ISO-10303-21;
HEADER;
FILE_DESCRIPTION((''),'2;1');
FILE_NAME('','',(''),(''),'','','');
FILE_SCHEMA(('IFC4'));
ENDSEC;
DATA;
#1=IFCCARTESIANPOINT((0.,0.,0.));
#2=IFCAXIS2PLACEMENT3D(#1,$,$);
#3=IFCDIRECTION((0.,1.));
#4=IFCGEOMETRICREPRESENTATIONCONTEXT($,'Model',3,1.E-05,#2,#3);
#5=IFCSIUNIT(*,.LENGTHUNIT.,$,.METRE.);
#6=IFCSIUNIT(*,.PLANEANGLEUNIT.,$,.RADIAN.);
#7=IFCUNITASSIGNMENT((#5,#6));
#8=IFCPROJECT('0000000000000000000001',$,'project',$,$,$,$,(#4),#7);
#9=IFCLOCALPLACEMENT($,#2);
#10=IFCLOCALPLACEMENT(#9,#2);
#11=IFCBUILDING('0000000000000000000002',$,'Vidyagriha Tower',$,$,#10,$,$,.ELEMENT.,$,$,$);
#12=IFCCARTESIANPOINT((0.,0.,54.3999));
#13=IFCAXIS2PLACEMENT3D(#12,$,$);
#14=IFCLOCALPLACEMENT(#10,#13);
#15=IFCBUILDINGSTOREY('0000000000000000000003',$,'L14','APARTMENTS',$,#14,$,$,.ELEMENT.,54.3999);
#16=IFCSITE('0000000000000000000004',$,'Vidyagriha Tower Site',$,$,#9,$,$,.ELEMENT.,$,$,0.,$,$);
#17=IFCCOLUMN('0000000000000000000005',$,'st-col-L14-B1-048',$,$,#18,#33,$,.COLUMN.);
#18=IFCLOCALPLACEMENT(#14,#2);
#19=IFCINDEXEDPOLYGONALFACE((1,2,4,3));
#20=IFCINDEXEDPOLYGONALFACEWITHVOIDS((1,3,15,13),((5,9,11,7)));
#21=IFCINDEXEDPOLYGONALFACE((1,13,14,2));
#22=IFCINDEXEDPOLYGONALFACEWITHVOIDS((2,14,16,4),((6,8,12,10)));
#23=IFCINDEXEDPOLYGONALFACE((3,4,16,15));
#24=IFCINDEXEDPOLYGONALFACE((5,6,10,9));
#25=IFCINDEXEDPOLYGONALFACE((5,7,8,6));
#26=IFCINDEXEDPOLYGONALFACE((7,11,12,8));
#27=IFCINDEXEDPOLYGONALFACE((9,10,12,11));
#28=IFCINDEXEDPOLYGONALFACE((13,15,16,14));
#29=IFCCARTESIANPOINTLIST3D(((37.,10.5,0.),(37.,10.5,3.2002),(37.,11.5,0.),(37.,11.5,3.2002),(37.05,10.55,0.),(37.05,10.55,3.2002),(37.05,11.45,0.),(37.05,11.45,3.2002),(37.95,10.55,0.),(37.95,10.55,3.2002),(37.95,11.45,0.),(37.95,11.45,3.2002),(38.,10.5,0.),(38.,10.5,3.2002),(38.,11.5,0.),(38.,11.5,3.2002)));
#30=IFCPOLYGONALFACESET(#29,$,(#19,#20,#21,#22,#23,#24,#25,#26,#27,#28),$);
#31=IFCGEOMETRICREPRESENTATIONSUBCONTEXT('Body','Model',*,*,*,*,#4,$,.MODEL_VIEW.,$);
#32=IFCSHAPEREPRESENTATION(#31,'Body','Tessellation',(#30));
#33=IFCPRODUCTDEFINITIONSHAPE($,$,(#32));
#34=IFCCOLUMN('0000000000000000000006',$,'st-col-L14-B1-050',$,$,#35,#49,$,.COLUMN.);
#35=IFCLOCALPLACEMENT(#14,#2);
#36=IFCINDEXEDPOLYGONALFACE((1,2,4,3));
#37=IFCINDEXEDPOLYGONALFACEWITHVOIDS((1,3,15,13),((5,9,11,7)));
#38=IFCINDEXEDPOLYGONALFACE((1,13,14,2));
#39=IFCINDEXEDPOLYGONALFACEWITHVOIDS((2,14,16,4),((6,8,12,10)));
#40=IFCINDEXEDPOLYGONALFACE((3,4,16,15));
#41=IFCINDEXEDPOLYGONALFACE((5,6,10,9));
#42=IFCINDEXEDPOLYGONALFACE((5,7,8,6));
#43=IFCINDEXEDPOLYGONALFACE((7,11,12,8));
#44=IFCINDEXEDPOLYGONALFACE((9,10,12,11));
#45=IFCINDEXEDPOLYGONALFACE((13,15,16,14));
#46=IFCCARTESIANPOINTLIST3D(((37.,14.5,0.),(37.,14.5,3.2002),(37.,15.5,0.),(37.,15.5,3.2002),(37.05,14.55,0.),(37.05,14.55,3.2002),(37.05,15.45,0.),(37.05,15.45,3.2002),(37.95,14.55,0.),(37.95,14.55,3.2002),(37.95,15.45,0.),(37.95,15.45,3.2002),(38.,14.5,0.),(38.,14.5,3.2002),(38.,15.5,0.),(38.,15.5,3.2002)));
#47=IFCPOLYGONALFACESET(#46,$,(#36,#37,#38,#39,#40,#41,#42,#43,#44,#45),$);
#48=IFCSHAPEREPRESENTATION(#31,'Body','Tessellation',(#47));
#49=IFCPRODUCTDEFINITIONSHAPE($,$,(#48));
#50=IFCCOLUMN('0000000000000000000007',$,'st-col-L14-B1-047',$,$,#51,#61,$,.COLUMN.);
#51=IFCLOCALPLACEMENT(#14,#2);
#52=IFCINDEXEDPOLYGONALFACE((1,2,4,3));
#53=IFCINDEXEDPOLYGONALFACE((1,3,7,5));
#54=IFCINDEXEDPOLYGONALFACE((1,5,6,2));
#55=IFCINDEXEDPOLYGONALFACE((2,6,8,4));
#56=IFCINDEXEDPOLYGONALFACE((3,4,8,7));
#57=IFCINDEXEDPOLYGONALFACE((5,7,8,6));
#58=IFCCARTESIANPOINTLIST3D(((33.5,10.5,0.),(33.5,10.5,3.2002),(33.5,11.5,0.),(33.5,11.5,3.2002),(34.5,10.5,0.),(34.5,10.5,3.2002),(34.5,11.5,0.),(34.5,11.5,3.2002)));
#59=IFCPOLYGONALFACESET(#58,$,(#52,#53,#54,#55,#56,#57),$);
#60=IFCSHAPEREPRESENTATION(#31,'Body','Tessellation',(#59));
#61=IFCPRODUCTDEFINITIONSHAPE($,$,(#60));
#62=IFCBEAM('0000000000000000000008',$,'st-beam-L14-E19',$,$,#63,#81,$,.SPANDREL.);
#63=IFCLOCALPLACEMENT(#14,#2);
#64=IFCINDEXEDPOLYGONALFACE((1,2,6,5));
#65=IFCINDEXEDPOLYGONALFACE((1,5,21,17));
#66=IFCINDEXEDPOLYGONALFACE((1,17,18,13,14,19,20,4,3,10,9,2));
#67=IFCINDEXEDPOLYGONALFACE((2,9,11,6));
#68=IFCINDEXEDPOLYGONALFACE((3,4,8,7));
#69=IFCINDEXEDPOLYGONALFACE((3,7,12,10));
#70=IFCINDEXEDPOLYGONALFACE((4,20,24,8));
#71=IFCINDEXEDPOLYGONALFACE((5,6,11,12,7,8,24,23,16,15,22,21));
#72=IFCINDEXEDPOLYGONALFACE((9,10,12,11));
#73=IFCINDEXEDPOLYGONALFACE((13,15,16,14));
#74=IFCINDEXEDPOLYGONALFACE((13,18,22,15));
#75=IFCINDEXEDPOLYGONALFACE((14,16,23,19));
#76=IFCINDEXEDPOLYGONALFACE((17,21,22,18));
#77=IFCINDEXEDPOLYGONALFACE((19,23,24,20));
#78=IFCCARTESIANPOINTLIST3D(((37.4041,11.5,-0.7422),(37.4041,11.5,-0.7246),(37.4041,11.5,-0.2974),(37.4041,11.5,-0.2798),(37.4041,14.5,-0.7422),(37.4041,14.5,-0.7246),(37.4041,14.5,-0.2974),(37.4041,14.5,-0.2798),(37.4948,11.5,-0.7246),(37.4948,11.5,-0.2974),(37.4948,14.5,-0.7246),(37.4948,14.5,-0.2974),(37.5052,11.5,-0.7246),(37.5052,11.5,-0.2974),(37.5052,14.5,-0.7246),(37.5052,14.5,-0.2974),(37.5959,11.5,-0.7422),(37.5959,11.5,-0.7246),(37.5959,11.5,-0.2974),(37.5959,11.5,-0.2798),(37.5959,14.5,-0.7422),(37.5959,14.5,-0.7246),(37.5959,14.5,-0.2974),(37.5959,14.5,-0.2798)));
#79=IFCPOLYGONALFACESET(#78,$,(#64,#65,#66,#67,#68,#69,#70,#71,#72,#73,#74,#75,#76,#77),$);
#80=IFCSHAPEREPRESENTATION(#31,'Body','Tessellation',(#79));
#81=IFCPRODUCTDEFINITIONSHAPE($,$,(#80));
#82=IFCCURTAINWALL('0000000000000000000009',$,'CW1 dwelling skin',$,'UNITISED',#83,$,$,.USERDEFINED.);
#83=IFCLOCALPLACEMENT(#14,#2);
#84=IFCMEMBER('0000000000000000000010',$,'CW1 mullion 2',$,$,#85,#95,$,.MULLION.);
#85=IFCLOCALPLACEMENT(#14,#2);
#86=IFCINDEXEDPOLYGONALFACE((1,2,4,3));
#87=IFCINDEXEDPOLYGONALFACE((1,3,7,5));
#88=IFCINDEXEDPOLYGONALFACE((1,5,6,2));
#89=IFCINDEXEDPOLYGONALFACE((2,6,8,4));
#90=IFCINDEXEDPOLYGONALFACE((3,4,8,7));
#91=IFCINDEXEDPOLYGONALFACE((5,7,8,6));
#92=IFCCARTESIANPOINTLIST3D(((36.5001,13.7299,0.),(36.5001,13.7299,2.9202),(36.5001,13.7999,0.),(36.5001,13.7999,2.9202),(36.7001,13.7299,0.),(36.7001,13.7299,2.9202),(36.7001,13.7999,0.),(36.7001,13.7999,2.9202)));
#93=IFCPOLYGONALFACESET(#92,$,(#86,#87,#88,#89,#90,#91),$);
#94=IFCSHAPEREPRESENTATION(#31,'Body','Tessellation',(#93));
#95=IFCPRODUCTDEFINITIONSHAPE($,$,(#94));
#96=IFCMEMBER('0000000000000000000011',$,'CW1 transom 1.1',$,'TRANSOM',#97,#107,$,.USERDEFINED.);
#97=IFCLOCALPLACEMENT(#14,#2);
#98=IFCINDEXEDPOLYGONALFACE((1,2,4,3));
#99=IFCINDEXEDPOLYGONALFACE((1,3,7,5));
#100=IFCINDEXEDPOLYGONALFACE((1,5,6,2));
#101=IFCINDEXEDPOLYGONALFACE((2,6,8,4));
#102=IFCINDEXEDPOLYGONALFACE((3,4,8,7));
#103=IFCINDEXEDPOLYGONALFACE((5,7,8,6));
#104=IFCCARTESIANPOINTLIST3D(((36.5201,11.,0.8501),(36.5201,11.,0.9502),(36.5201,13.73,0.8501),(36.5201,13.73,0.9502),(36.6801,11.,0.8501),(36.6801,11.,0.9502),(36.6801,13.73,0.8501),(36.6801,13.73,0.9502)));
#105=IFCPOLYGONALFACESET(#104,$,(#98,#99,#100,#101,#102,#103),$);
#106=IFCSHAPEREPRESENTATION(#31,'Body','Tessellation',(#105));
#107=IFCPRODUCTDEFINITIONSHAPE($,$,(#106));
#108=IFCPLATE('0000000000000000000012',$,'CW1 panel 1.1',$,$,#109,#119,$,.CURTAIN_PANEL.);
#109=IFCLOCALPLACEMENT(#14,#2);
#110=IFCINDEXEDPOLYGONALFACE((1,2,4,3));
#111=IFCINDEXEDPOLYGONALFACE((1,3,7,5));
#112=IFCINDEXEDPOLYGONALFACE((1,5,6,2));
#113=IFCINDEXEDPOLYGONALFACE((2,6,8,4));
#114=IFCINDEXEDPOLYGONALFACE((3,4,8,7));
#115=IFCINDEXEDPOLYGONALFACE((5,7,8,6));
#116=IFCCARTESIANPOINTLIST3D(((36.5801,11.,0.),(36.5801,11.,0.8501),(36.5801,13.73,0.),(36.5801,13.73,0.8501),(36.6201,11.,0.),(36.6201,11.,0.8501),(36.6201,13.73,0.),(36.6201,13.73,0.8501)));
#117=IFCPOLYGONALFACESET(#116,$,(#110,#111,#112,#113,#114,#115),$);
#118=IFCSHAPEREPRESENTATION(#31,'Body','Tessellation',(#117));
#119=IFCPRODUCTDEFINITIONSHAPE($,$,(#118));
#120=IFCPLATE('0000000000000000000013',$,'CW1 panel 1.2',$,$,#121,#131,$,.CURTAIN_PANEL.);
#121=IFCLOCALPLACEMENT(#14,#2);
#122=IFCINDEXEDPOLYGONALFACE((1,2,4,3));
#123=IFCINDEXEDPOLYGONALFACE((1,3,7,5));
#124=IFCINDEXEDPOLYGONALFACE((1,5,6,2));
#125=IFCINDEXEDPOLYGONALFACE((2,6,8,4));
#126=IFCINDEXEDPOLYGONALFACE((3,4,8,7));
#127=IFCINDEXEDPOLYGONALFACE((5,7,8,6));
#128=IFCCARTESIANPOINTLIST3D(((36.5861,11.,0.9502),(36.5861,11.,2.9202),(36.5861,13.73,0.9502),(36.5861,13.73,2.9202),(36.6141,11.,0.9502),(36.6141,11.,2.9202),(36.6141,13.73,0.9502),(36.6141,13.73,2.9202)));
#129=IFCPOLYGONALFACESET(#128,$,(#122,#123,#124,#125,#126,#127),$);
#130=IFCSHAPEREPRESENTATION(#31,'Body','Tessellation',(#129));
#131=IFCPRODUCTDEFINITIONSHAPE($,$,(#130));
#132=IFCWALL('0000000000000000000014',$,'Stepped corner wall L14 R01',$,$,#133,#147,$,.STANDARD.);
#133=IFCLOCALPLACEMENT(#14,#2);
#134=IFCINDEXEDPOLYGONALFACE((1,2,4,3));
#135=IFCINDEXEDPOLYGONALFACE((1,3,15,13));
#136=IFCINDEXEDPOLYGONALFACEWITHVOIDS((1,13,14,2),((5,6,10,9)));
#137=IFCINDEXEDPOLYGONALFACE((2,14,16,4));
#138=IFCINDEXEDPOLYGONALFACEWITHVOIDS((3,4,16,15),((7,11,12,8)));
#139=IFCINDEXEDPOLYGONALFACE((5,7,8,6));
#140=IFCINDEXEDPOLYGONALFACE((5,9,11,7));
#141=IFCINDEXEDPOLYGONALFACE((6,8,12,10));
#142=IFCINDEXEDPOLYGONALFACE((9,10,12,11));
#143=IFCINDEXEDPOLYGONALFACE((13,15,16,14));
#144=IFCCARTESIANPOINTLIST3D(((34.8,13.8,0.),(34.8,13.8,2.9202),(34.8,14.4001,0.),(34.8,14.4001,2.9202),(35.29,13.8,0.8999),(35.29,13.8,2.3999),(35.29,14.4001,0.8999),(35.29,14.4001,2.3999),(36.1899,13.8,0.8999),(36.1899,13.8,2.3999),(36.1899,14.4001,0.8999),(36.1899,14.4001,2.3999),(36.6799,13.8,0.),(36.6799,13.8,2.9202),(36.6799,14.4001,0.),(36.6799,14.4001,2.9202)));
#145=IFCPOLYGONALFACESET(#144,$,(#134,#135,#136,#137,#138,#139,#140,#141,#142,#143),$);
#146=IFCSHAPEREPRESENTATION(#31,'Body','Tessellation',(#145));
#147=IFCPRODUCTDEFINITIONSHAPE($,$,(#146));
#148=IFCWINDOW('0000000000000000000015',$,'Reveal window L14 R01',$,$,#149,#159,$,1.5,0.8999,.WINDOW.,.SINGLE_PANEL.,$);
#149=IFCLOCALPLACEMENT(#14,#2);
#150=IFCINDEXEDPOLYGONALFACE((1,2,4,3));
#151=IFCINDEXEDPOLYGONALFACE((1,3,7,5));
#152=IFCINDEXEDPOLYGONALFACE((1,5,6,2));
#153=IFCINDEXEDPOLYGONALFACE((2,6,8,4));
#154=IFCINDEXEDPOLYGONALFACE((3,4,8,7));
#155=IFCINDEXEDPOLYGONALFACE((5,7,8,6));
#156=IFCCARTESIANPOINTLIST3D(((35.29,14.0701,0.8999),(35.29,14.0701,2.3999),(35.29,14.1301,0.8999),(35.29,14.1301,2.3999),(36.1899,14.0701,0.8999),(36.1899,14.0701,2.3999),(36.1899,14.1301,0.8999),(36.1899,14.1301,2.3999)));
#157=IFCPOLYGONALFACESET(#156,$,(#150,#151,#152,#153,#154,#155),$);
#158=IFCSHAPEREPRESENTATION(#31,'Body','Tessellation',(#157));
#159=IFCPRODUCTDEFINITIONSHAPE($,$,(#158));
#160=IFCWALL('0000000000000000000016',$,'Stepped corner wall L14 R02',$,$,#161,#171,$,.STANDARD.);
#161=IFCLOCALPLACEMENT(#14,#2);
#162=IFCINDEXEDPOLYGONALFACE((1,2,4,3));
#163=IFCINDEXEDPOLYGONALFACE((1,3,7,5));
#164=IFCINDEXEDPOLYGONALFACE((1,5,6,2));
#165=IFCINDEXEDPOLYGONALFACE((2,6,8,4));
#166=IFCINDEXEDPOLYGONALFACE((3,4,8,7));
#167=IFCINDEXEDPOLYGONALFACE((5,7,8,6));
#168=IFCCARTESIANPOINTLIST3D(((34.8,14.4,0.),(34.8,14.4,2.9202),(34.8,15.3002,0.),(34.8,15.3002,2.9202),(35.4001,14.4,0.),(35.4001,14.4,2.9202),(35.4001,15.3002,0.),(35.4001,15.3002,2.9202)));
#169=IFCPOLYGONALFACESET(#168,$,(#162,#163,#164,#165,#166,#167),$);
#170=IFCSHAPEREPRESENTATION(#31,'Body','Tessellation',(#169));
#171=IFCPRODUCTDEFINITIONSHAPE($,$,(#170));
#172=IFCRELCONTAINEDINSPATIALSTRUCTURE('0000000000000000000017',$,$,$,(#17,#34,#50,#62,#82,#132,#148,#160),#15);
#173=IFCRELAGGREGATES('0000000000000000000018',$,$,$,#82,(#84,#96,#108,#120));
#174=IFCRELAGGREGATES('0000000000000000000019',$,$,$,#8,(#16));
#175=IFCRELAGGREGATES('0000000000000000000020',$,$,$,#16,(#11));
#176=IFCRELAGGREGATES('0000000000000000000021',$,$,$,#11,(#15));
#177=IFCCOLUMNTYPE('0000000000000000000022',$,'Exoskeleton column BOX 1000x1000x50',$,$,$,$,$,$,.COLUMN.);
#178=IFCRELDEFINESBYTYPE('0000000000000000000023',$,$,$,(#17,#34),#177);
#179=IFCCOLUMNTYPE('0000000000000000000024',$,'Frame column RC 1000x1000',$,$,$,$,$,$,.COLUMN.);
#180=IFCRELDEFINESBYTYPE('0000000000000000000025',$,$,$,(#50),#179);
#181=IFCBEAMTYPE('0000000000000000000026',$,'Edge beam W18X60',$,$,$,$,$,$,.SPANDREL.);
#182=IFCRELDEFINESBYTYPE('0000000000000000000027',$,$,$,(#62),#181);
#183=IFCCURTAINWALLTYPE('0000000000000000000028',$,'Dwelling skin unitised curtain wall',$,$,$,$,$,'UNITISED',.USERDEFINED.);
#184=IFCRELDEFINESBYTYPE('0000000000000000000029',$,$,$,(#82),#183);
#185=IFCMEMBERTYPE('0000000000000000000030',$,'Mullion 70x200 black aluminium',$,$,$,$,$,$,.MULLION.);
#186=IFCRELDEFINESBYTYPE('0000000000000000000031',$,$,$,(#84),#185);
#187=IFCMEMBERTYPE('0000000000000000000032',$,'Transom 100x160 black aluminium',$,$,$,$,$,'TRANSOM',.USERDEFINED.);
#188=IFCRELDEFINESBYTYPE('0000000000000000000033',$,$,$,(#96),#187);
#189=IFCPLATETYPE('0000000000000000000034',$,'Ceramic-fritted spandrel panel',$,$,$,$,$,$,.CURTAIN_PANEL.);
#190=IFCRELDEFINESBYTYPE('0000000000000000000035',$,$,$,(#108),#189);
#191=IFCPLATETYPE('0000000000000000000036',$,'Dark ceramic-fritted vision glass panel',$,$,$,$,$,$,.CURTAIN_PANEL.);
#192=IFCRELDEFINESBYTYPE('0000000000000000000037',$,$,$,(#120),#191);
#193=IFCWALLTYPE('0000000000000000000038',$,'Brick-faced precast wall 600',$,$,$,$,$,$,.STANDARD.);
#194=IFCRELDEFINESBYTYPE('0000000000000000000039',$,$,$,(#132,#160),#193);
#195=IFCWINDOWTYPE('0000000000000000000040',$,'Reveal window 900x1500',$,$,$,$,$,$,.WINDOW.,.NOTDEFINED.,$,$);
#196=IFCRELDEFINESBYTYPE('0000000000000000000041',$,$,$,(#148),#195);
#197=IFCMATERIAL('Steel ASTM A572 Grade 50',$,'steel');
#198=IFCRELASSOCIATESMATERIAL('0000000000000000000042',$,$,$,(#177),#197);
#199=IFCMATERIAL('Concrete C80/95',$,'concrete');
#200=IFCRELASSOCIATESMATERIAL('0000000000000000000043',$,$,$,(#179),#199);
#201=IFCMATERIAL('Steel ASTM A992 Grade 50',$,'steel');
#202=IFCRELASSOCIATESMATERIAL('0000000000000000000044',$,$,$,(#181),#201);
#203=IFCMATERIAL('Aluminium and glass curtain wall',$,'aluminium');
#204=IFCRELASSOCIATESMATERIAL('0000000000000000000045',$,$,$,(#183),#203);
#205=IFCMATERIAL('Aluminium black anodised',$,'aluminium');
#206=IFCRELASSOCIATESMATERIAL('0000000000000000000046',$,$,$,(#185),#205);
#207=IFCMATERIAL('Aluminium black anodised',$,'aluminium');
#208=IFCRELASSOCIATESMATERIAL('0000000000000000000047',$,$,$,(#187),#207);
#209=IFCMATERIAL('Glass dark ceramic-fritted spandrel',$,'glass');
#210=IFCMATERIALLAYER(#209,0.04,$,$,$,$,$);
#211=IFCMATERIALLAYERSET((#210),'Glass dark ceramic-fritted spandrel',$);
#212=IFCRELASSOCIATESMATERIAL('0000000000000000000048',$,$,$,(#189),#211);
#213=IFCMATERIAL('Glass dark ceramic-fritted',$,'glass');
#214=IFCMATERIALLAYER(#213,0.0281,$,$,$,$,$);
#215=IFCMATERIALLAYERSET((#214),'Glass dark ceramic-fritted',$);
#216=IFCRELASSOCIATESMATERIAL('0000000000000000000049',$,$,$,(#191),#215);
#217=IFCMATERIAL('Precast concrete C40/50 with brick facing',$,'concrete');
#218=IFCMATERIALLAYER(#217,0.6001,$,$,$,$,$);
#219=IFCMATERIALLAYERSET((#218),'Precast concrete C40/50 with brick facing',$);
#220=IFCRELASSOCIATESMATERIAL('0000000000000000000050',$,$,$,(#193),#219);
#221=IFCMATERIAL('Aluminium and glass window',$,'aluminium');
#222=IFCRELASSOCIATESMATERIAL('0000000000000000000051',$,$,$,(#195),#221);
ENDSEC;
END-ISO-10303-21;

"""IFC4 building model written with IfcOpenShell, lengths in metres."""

from ifc_helpers import new_model, si_unit, direction, frame, frame_2d, origin, origin_2d, place, context, subcontext, project, spatial, rectangle, hollow_rectangle, i_section, extrude, material, layer, layer_set, material_profile, profile_set, type_object, element, fill, aggregate, save


model = new_model("IFC4")

# Units and contexts
model_context = context("Model", 3, precision=1e-05, world=origin(), true_north=direction((0.0, 1.0)))
body_context = subcontext(model_context, "Body", "Model", "MODEL_VIEW")
ifc_project = project(units=[si_unit("LENGTHUNIT", "METRE"), si_unit("PLANEANGLEUNIT", "RADIAN")], contexts=[model_context])

# Site, building, storey
site_placement = place(None, origin())
site = spatial("IfcSite", under=ifc_project, at=site_placement, Name="Vidyagriha Tower Site", CompositionType="ELEMENT", RefElevation=0.0)
building_placement = place(site_placement, origin())
building = spatial("IfcBuilding", under=site, at=building_placement, Name="Vidyagriha Tower", CompositionType="ELEMENT")
storey_placement = place(building_placement, frame((0.0, 0.0, 54.3999)))
storey = spatial("IfcBuildingStorey", under=building, at=storey_placement, Name="L14", Description="APARTMENTS", CompositionType="ELEMENT", Elevation=54.3999)

# Columns
ifc_material_1 = material(Name="Steel ASTM A572 Grade 50", Category="steel")
ifc_material_profile_1 = material_profile(ifc_material_1, hollow_rectangle(XDim=1.0, YDim=1.0, WallThickness=0.05, at=origin_2d()), Name="BOX 1000x1000x50")
ifc_profile_set_1 = profile_set([ifc_material_profile_1], Name="Steel ASTM A572 Grade 50")
column_type_1 = type_object("IfcColumnType", Name="Exoskeleton column BOX 1000x1000x50", PredefinedType="COLUMN", material=ifc_profile_set_1)
for number, where, name in (
    (1, (37.5, 11.0, 0.0), "st-col-L14-B1-048"),
    (2, (37.5, 15.0, 0.0), "st-col-L14-B1-050"),
):
    element("IfcColumn", number, at=place(storey_placement, frame(where)), inside=storey, type_object=column_type_1, Name=name, PredefinedType="COLUMN", context=body_context, shape_type="SweptSolid", body=[
        extrude(hollow_rectangle(XDim=1.0, YDim=1.0, WallThickness=0.05, at=origin_2d()), origin(), (0.0, 0.0, 1.0), 3.2002),
    ])
ifc_material_2 = material(Name="Concrete C80/95", Category="concrete")
ifc_material_profile_2 = material_profile(ifc_material_2, rectangle(XDim=1.0, YDim=1.0, at=origin_2d()), Name="RC 1000x1000")
ifc_profile_set_2 = profile_set([ifc_material_profile_2], Name="Concrete C80/95")
column_type_2 = type_object("IfcColumnType", Name="Frame column RC 1000x1000", PredefinedType="COLUMN", material=ifc_profile_set_2)
column_placement = place(storey_placement, frame((34.0, 11.0, 0.0)))
element("IfcColumn", 3, at=column_placement, inside=storey, type_object=column_type_2, Name="st-col-L14-B1-047", PredefinedType="COLUMN", context=body_context, shape_type="SweptSolid", body=[
    extrude(rectangle(XDim=1.0, YDim=1.0, at=origin_2d()), origin(), (0.0, 0.0, 1.0), 3.2002),
])

# Beam
ifc_material_3 = material(Name="Steel ASTM A992 Grade 50", Category="steel")
ifc_material_profile_3 = material_profile(ifc_material_3, i_section(OverallWidth=0.1919, OverallDepth=0.4624, WebThickness=0.0105, FlangeThickness=0.0176, at=origin_2d()), Name="W18X60")
ifc_profile_set_3 = profile_set([ifc_material_profile_3], Name="Steel ASTM A992 Grade 50")
beam_type = type_object("IfcBeamType", Name="Edge beam W18X60", PredefinedType="SPANDREL", material=ifc_profile_set_3)
beam_placement = place(storey_placement, frame((37.5, 11.5, -0.511), z_axis=(0.0, 1.0, 0.0), x_axis=(-1.0, 0.0, 0.0)))
element("IfcBeam", 4, at=beam_placement, inside=storey, type_object=beam_type, Name="st-beam-L14-E19", PredefinedType="SPANDREL", context=body_context, shape_type="SweptSolid", body=[
    extrude(i_section(OverallWidth=0.1919, OverallDepth=0.4624, WebThickness=0.0105, FlangeThickness=0.0176, at=origin_2d()), origin(), (0.0, 0.0, 1.0), 3.0),
])

# Curtain wall, members, plates
ifc_material_4 = material(Name="Aluminium and glass curtain wall", Category="aluminium")
curtain_wall_type = type_object("IfcCurtainWallType", Name="Dwelling skin unitised curtain wall", ElementType="UNITISED", PredefinedType="USERDEFINED", material=ifc_material_4)
curtain_wall_placement = place(storey_placement, origin())
curtain_wall = element("IfcCurtainWall", 5, at=curtain_wall_placement, inside=storey, type_object=curtain_wall_type, Name="CW1 dwelling skin", ObjectType="UNITISED", PredefinedType="USERDEFINED")
ifc_material_5 = material(Name="Aluminium black anodised", Category="aluminium")
ifc_material_profile_4 = material_profile(ifc_material_5, rectangle(XDim=0.2, YDim=0.0701, at=origin_2d()), Name="Mullion 70x200 black aluminium")
ifc_profile_set_4 = profile_set([ifc_material_profile_4], Name="Aluminium black anodised")
member_type_1 = type_object("IfcMemberType", Name="Mullion 70x200 black aluminium", PredefinedType="MULLION", material=ifc_profile_set_4)
member_1_placement = place(storey_placement, frame((36.6001, 13.7649, 0.0), z_axis=(0.0, 0.0, 1.0), x_axis=(-1.0, 0.0, 0.0)))
member_1 = element("IfcMember", 6, at=member_1_placement, type_object=member_type_1, Name="CW1 mullion 2", PredefinedType="MULLION", context=body_context, shape_type="SweptSolid", body=[
    extrude(rectangle(XDim=0.2, YDim=0.0701, at=origin_2d()), origin(), (0.0, 0.0, 1.0), 2.9202),
])
ifc_material_6 = material(Name="Aluminium black anodised", Category="aluminium")
ifc_material_profile_5 = material_profile(ifc_material_6, rectangle(XDim=0.1599, YDim=0.1001, at=origin_2d()), Name="Transom 100x160 black aluminium")
ifc_profile_set_5 = profile_set([ifc_material_profile_5], Name="Aluminium black anodised")
member_type_2 = type_object("IfcMemberType", Name="Transom 100x160 black aluminium", ElementType="TRANSOM", PredefinedType="USERDEFINED", material=ifc_profile_set_5)
member_2_placement = place(storey_placement, frame((36.6001, 11.0, 0.9001), z_axis=(0.0, 1.0, 0.0), x_axis=(-1.0, 0.0, 0.0)))
member_2 = element("IfcMember", 7, at=member_2_placement, type_object=member_type_2, Name="CW1 transom 1.1", ObjectType="TRANSOM", PredefinedType="USERDEFINED", context=body_context, shape_type="SweptSolid", body=[
    extrude(rectangle(XDim=0.1599, YDim=0.1001, at=origin_2d()), origin(), (0.0, 0.0, 1.0), 2.73),
])
ifc_material_7 = material(Name="Glass dark ceramic-fritted spandrel", Category="glass")
ifc_layer_1 = layer(ifc_material_7, 0.04)
ifc_layer_set_1 = layer_set([ifc_layer_1], Name="Glass dark ceramic-fritted spandrel")
plate_type_1 = type_object("IfcPlateType", Name="Ceramic-fritted spandrel panel", PredefinedType="CURTAIN_PANEL", material=ifc_layer_set_1)
plate_1_placement = place(storey_placement, frame((36.6001, 12.365, 0.0), z_axis=(0.0, 0.0, 1.0), x_axis=(0.0, 1.0, 0.0)))
plate_1 = element("IfcPlate", 8, at=plate_1_placement, type_object=plate_type_1, Name="CW1 panel 1.1", PredefinedType="CURTAIN_PANEL", context=body_context, shape_type="SweptSolid", body=[
    extrude(rectangle(XDim=2.73, YDim=0.04, at=origin_2d()), origin(), (0.0, 0.0, 1.0), 0.8501),
])
ifc_material_8 = material(Name="Glass dark ceramic-fritted", Category="glass")
ifc_layer_2 = layer(ifc_material_8, 0.0281)
ifc_layer_set_2 = layer_set([ifc_layer_2], Name="Glass dark ceramic-fritted")
plate_type_2 = type_object("IfcPlateType", Name="Dark ceramic-fritted vision glass panel", PredefinedType="CURTAIN_PANEL", material=ifc_layer_set_2)
plate_2_placement = place(storey_placement, frame((36.6001, 12.365, 0.9502), z_axis=(0.0, 0.0, 1.0), x_axis=(0.0, 1.0, 0.0)))
plate_2 = element("IfcPlate", 9, at=plate_2_placement, type_object=plate_type_2, Name="CW1 panel 1.2", PredefinedType="CURTAIN_PANEL", context=body_context, shape_type="SweptSolid", body=[
    extrude(rectangle(XDim=2.73, YDim=0.0281, at=origin_2d()), origin(), (0.0, 0.0, 1.0), 1.97),
])
aggregate(curtain_wall, [member_1, member_2, plate_1, plate_2])

# Wall, opening, window
ifc_material_9 = material(Name="Precast concrete C40/50 with brick facing", Category="concrete")
ifc_layer_3 = layer(ifc_material_9, 0.6001)
ifc_layer_set_3 = layer_set([ifc_layer_3], Name="Precast concrete C40/50 with brick facing")
wall_type_1 = type_object("IfcWallType", Name="Brick-faced precast wall 600", PredefinedType="STANDARD", material=ifc_layer_set_3)
wall_1_placement = place(storey_placement, frame((36.6799, 14.1001, 0.0), z_axis=(0.0, 0.0, 1.0), x_axis=(-1.0, 0.0, 0.0)))
wall_1 = element("IfcWall", 10, at=wall_1_placement, inside=storey, type_object=wall_type_1, Name="Stepped corner wall L14 R01", PredefinedType="STANDARD", context=body_context, shape_type="SweptSolid", body=[
    extrude(rectangle(XDim=1.8799, YDim=0.6001, at=frame_2d((0.9399, 0.0))), origin(), (0.0, 0.0, 1.0), 2.9202),
])
opening_1_placement = place(wall_1_placement, frame((0.49, 0.0, 0.8999)))
opening_1 = element("IfcOpeningElement", 11, at=opening_1_placement, cuts=wall_1, PredefinedType="OPENING", context=body_context, shape_type="SweptSolid", body=[
    extrude(rectangle(XDim=0.8999, YDim=1.5, at=frame_2d((0.45, 0.75))), frame((0.0, 0.3101, 0.0), z_axis=(0.0, -1.0, 0.0), x_axis=(1.0, 0.0, 0.0)), (0.0, 0.0, 1.0), 0.6201),
])
ifc_material_10 = material(Name="Aluminium and glass window", Category="aluminium")
window_type = type_object("IfcWindowType", Name="Reveal window 900x1500", PartitioningType="NOTDEFINED", PredefinedType="WINDOW", material=ifc_material_10)
window_1_placement = place(opening_1_placement, origin())
window_1 = element("IfcWindow", 12, at=window_1_placement, inside=storey, type_object=window_type, Name="Reveal window L14 R01", OverallHeight=1.5, OverallWidth=0.8999, PartitioningType="SINGLE_PANEL", PredefinedType="WINDOW", context=body_context, shape_type="SweptSolid", body=[
    extrude(rectangle(XDim=0.8999, YDim=1.5, at=frame_2d((0.45, 0.75))), frame((0.0, 0.03, 0.0), z_axis=(0.0, -1.0, 0.0), x_axis=(1.0, 0.0, 0.0)), (0.0, 0.0, 1.0), 0.0601),
])
fill(opening_1, window_1)

# Wall
wall_2_placement = place(storey_placement, frame((35.1001, 14.3999, 0.0), z_axis=(0.0, 0.0, 1.0), x_axis=(0.0, 1.0, 0.0)))
element("IfcWall", 13, at=wall_2_placement, inside=storey, type_object=wall_type_1, Name="Stepped corner wall L14 R02", PredefinedType="STANDARD", context=body_context, shape_type="SweptSolid", body=[
    extrude(rectangle(XDim=0.9001, YDim=0.6001, at=frame_2d((0.4502, 0.0))), origin(), (0.0, 0.0, 1.0), 2.9202),
])

save(model, "model.ifc")
